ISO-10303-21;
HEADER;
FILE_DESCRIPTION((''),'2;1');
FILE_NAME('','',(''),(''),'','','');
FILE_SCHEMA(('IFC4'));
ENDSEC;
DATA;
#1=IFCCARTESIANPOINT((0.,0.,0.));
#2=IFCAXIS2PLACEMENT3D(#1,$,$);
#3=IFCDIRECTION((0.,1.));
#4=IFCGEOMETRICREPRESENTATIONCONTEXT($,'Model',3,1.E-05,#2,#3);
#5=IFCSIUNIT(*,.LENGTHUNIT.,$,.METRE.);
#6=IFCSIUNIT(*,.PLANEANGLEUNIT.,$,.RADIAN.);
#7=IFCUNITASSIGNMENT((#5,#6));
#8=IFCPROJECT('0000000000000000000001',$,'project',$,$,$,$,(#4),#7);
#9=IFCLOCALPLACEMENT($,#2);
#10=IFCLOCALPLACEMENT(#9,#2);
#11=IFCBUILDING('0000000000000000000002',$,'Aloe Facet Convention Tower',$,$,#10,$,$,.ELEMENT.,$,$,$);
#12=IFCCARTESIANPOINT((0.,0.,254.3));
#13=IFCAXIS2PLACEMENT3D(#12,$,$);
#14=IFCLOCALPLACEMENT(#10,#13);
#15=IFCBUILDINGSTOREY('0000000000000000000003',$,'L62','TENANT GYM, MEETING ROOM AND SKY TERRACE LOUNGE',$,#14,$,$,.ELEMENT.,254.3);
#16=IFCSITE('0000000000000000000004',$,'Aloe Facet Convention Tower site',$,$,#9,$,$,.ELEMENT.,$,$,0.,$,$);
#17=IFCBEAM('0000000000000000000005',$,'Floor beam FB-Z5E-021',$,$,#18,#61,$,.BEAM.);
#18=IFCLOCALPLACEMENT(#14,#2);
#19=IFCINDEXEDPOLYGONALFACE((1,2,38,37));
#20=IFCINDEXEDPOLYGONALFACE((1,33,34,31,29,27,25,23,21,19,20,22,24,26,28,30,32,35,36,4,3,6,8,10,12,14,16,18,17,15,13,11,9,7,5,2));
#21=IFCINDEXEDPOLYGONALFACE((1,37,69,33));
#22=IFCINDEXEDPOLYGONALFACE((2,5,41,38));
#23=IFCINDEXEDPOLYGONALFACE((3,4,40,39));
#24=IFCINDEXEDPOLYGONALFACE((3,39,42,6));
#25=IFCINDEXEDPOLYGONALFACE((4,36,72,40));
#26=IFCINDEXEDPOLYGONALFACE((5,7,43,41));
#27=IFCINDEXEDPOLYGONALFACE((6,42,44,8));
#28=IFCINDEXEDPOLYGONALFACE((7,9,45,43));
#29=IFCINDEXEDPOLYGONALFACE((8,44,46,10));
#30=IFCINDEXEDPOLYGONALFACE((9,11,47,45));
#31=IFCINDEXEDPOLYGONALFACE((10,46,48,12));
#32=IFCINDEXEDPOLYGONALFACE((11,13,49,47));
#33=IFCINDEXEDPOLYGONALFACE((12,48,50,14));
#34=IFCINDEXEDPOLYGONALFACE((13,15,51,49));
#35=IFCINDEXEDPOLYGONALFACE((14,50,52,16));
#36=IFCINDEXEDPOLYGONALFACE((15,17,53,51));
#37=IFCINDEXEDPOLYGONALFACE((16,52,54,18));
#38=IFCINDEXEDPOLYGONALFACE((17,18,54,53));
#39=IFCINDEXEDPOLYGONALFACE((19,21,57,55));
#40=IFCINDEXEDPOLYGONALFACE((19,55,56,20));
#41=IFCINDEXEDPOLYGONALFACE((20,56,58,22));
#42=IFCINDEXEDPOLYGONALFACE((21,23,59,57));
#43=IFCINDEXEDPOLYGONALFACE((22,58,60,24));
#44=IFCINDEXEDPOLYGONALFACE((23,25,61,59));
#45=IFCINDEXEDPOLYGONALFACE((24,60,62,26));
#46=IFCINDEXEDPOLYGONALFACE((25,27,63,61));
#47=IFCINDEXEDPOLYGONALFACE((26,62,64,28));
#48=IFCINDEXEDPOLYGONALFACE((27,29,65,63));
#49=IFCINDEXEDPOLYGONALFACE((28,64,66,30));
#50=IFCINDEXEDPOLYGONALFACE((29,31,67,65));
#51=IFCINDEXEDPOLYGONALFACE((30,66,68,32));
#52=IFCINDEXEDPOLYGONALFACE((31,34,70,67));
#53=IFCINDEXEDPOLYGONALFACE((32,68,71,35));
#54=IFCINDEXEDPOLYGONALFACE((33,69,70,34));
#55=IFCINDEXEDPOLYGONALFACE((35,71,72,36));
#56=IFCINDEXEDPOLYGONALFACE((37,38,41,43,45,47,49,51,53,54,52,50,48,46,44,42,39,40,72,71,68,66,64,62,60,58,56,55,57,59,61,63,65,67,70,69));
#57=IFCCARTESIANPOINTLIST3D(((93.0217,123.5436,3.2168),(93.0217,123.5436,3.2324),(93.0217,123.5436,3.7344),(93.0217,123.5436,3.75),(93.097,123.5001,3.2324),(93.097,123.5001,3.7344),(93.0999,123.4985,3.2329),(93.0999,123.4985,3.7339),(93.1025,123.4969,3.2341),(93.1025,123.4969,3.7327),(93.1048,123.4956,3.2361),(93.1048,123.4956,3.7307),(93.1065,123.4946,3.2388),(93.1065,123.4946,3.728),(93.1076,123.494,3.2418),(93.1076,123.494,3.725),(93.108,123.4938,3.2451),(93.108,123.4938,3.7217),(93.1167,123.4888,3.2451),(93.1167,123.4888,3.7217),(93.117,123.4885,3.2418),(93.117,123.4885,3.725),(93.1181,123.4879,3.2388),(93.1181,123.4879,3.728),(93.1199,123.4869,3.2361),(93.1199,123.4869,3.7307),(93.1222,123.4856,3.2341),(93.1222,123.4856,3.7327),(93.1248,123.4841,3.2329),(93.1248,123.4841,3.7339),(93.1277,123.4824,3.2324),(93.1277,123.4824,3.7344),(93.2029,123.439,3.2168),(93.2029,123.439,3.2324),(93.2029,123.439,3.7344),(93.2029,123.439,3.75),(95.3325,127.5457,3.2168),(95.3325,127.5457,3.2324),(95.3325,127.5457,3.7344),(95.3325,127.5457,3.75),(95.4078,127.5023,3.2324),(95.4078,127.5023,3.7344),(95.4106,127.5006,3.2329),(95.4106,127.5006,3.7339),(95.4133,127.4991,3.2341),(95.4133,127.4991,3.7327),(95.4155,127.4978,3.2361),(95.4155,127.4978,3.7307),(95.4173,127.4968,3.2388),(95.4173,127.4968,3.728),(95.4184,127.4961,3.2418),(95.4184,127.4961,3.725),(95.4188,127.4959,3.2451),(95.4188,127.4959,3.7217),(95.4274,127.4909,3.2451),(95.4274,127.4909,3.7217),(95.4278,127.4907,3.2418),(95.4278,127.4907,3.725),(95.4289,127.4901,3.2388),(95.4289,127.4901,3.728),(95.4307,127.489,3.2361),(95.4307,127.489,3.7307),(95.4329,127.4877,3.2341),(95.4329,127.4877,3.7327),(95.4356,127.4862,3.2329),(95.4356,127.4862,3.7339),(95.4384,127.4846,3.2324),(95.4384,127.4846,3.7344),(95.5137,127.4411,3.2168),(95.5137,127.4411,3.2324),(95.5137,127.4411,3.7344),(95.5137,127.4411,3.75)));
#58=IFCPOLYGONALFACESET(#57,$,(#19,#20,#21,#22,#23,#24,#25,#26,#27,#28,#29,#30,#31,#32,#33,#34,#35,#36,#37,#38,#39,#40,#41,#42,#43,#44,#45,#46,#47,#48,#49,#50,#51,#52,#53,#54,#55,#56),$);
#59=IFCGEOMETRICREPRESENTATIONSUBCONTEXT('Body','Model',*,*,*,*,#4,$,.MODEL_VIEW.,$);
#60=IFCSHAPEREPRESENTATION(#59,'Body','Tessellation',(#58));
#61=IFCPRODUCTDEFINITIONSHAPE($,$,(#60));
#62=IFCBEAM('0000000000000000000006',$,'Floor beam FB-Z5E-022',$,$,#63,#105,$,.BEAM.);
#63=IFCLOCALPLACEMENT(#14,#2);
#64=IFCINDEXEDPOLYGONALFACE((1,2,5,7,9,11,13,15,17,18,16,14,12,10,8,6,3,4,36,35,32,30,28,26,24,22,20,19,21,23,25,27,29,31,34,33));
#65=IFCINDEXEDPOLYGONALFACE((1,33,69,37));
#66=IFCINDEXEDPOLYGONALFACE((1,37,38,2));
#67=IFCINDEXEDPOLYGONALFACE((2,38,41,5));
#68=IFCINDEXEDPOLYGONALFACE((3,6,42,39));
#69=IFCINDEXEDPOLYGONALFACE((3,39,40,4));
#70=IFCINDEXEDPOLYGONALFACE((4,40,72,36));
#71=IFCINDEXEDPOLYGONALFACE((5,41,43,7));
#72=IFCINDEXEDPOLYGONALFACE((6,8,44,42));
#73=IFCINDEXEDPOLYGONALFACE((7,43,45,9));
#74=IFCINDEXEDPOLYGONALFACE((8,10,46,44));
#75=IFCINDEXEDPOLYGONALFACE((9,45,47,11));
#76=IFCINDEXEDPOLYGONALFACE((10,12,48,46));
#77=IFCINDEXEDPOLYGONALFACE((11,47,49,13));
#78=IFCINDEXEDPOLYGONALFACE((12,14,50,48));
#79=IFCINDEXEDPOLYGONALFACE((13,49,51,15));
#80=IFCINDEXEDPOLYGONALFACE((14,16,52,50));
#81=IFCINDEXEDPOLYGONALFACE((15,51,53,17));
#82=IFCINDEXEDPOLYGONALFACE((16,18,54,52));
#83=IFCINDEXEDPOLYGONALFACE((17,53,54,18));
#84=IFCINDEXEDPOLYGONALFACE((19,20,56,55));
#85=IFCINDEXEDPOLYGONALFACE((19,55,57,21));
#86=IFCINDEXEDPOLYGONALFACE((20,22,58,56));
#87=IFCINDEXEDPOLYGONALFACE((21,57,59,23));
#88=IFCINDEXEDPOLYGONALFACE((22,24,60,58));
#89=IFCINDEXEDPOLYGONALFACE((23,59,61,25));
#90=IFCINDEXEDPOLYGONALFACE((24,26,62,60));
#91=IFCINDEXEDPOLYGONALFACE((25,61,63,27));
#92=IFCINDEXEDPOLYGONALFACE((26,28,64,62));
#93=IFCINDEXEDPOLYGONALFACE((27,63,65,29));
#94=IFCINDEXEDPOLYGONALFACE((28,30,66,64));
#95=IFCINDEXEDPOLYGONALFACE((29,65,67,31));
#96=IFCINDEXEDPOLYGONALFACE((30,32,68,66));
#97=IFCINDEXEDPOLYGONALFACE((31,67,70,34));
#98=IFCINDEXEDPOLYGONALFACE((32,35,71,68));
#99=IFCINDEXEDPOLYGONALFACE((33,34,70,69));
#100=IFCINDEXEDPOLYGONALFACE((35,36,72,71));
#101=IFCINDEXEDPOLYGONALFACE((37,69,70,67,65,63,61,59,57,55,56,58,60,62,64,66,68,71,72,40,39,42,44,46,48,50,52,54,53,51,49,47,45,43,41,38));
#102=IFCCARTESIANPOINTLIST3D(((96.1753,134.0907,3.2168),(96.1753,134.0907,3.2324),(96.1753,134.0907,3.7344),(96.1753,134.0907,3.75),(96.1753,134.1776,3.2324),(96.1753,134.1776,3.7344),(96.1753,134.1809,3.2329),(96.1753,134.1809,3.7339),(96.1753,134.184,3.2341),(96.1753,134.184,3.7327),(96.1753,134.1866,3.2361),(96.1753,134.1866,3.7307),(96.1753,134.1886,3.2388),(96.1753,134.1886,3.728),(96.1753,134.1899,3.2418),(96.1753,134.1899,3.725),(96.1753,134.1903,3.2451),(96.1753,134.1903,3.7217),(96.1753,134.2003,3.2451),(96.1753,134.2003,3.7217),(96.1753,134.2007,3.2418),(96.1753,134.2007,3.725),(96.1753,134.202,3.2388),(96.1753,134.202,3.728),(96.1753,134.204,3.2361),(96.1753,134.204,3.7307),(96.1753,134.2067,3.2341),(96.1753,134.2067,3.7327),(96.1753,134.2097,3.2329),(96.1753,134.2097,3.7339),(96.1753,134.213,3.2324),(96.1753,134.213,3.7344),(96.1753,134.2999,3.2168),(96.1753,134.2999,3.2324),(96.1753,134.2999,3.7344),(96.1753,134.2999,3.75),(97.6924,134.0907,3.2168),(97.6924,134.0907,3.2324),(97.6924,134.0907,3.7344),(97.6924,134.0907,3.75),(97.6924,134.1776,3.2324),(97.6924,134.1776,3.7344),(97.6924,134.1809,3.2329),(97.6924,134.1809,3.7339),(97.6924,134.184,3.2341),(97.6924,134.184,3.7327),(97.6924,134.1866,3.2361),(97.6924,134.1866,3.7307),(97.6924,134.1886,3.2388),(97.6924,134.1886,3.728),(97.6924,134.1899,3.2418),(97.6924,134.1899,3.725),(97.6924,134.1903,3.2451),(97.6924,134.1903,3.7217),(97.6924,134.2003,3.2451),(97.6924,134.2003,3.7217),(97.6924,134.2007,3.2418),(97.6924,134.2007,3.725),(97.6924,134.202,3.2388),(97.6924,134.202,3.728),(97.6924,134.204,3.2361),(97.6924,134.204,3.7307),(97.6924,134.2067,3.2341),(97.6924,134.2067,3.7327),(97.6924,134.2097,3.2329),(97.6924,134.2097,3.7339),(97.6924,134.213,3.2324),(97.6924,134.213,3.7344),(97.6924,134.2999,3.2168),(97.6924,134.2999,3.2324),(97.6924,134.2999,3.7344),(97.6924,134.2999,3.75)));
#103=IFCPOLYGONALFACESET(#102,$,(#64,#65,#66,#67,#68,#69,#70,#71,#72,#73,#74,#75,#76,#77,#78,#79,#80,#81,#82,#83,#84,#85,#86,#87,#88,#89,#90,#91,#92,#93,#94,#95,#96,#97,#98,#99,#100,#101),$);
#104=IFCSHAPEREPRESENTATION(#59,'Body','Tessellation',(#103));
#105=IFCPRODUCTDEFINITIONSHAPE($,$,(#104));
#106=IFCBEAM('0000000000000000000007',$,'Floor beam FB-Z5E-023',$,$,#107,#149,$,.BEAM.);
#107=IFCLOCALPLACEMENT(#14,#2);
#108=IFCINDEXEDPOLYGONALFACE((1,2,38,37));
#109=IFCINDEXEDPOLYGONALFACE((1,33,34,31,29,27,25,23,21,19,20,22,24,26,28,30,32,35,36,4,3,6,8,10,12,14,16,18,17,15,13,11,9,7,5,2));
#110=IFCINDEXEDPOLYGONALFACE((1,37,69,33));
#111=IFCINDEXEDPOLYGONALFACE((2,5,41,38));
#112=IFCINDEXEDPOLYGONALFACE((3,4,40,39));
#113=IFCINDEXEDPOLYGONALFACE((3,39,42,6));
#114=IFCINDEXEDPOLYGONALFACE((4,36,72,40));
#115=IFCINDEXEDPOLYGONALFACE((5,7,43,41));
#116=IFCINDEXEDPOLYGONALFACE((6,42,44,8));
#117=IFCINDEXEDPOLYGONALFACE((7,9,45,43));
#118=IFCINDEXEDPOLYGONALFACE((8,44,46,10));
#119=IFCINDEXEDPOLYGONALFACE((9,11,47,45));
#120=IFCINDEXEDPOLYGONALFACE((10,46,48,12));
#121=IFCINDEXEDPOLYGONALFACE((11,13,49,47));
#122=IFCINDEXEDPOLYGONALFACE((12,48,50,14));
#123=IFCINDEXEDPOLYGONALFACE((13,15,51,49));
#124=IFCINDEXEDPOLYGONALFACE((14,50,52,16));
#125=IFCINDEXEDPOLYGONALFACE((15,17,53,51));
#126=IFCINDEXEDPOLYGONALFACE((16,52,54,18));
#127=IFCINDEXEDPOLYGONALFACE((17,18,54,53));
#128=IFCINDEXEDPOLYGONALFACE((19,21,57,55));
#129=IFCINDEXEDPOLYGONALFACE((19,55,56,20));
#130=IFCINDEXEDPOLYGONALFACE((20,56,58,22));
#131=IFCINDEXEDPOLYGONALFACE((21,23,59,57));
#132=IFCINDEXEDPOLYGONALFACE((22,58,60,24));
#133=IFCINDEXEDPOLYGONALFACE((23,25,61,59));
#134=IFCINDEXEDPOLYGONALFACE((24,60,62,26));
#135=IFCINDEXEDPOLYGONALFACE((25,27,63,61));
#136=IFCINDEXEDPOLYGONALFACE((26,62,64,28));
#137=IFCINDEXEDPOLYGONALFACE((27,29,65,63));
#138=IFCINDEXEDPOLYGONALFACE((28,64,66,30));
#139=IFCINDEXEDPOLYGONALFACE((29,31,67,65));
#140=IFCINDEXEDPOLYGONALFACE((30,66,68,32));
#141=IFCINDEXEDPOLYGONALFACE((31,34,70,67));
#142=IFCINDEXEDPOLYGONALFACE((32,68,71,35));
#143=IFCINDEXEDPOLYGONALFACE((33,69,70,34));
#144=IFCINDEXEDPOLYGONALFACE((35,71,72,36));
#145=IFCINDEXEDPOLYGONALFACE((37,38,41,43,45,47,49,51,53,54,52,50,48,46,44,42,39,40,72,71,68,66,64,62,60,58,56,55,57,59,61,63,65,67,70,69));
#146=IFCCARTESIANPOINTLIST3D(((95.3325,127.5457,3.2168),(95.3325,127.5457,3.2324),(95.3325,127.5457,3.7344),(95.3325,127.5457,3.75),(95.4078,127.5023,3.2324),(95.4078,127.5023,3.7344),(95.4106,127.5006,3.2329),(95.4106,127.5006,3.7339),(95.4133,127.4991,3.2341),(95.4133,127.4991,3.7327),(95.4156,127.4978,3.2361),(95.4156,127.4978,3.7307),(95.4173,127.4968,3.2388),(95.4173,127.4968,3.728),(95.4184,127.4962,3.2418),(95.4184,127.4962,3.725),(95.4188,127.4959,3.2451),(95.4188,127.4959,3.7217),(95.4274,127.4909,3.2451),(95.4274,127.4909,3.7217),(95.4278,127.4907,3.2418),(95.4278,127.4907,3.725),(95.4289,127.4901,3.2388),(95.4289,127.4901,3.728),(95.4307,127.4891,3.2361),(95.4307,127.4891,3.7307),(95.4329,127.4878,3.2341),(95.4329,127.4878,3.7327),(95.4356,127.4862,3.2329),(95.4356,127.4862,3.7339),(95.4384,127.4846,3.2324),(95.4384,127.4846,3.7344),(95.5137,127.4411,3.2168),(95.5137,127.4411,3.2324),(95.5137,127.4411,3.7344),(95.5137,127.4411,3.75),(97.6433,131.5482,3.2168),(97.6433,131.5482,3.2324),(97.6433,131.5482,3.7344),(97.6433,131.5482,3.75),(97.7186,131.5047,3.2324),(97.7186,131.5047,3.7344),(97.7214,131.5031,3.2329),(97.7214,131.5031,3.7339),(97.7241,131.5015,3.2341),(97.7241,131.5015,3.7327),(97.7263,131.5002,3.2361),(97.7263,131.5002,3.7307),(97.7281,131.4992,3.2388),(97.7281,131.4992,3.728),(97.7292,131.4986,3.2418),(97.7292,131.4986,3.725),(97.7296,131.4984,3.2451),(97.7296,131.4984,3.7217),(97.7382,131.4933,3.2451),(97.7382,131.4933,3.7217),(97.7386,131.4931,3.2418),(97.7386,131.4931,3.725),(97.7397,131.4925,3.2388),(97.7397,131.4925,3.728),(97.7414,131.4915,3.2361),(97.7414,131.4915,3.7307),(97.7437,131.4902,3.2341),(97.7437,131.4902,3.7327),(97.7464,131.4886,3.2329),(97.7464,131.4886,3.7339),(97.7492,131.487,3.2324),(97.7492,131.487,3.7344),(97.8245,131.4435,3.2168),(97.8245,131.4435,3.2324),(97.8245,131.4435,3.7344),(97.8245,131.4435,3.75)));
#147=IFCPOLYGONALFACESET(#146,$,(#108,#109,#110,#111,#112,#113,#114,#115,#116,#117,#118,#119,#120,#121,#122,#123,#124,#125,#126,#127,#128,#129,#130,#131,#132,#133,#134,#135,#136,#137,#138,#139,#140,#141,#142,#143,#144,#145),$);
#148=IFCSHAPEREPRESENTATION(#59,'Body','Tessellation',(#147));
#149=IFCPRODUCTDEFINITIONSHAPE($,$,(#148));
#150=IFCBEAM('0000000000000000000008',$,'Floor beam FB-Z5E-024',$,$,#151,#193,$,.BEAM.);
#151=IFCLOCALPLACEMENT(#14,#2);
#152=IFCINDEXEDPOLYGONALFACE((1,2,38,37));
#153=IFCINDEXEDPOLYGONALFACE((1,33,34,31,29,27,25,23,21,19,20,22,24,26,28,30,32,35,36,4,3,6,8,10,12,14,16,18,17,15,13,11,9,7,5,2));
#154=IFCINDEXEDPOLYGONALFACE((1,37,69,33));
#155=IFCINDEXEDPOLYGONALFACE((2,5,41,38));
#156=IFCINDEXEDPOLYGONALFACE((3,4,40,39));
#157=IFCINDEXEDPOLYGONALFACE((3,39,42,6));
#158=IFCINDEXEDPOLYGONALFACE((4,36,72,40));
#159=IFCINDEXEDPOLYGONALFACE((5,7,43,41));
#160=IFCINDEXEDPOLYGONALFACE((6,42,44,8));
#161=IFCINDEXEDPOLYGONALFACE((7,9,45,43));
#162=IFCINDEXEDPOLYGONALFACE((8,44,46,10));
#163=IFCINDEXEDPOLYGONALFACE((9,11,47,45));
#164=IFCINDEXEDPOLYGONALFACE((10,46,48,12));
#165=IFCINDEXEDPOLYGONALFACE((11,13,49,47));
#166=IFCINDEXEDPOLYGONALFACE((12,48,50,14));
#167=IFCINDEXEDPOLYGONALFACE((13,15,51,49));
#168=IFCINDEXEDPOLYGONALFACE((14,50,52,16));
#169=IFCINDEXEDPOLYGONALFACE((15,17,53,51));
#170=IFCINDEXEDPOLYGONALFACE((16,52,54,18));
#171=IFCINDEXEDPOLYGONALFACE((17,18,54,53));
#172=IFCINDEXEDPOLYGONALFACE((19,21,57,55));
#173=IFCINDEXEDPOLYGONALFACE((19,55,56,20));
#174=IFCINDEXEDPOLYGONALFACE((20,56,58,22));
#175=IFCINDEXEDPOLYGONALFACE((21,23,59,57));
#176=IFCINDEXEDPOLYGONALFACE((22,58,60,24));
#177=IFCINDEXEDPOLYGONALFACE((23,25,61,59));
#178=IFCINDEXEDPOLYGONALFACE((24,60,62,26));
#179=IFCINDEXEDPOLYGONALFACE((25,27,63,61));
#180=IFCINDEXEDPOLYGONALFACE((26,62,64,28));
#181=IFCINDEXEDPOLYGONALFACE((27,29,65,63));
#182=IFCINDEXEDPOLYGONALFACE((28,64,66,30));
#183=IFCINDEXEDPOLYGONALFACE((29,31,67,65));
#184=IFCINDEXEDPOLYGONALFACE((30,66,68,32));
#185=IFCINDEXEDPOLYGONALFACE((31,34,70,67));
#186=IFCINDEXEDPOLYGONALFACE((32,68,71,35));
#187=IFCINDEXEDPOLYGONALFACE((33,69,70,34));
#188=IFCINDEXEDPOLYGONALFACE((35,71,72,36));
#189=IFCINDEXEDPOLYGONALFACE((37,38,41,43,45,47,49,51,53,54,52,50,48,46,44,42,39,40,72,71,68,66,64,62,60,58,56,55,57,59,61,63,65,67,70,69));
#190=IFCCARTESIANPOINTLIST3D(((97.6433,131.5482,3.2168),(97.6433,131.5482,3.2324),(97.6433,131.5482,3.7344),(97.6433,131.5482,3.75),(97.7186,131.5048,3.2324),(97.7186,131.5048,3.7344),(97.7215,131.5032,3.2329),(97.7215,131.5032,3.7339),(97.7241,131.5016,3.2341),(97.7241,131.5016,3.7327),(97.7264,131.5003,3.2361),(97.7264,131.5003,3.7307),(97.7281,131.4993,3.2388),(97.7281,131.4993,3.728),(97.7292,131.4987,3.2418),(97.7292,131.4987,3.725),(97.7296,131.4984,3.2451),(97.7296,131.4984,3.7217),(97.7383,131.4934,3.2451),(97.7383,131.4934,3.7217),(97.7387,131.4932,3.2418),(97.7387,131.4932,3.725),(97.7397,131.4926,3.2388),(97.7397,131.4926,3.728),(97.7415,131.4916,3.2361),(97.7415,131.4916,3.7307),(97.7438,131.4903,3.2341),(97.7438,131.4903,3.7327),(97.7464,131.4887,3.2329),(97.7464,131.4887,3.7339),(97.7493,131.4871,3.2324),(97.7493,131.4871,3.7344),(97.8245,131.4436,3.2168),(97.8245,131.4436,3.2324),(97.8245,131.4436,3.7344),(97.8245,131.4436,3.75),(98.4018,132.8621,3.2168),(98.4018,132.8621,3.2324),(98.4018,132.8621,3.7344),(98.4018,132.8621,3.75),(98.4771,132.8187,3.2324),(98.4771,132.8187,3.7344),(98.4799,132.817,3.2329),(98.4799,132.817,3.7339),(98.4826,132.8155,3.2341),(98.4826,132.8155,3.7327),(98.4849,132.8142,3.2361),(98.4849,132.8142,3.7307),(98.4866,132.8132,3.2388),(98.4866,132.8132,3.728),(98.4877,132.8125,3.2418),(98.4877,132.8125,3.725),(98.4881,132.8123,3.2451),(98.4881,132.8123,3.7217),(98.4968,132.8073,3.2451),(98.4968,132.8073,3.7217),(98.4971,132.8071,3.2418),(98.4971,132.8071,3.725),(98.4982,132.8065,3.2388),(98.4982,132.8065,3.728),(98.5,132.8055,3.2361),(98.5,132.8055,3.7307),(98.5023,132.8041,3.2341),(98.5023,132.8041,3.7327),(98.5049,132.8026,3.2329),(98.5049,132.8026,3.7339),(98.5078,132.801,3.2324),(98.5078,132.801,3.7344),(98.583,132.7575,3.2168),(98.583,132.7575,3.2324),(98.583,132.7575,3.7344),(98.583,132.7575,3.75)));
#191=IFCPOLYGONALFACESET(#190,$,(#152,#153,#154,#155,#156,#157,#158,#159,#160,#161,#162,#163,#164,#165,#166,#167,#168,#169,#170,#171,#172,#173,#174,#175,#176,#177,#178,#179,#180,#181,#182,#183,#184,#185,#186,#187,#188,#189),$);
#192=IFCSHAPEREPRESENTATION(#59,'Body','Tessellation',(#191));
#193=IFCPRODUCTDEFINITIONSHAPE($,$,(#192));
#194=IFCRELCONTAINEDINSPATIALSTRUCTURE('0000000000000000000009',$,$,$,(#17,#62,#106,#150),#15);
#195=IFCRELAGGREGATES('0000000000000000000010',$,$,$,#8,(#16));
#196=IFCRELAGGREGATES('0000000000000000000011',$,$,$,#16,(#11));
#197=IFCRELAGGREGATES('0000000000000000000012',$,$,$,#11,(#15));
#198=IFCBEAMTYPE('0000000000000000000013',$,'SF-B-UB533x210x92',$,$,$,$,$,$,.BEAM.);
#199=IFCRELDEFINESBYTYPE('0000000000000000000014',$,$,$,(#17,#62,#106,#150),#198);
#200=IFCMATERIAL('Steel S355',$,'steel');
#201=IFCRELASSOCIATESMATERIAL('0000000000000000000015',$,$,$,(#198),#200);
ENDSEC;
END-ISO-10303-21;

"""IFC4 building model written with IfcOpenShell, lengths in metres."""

from ifc_helpers import new_model, si_unit, direction, frame, origin, origin_2d, place, context, subcontext, project, spatial, i_section, extrude, material, material_profile, profile_set, type_object, element, save


model = new_model("IFC4")

# Units and contexts
model_context = context("Model", 3, precision=1e-05, world=origin(), true_north=direction((0.0, 1.0)))
body_context = subcontext(model_context, "Body", "Model", "MODEL_VIEW")
ifc_project = project(units=[si_unit("LENGTHUNIT", "METRE"), si_unit("PLANEANGLEUNIT", "RADIAN")], contexts=[model_context])

# Site, building, storey
site_placement = place(None, origin())
site = spatial("IfcSite", under=ifc_project, at=site_placement, Name="Aloe Facet Convention Tower site", CompositionType="ELEMENT", RefElevation=0.0)
building_placement = place(site_placement, origin())
building = spatial("IfcBuilding", under=site, at=building_placement, Name="Aloe Facet Convention Tower", CompositionType="ELEMENT")
storey_placement = place(building_placement, frame((0.0, 0.0, 254.3)))
storey = spatial("IfcBuildingStorey", under=building, at=storey_placement, Name="L62", Description="TENANT GYM, MEETING ROOM AND SKY TERRACE LOUNGE", CompositionType="ELEMENT", Elevation=254.3)

# Beams
ifc_material_1 = material(Name="Steel S355", Category="steel")
ifc_material_profile_1 = material_profile(ifc_material_1, i_section(OverallWidth=0.2092, OverallDepth=0.5332, WebThickness=0.01, FlangeThickness=0.0156, FilletRadius=0.0127, at=origin_2d()), Name="UB 533x210x92")
ifc_profile_set_1 = profile_set([ifc_material_profile_1], Name="Steel S355")
beam_type_1 = type_object("IfcBeamType", Name="SF-B-UB533x210x92", PredefinedType="BEAM", material=ifc_profile_set_1)
beam_1_placement = place(storey_placement, frame((95.4231, 127.4934, 3.4834), z_axis=(-0.50002, -0.866014, 0.0), x_axis=(0.866014, -0.50002, 0.0)))
element("IfcBeam", 1, at=beam_1_placement, inside=storey, type_object=beam_type_1, Name="Floor beam FB-Z5E-021", PredefinedType="BEAM", context=body_context, shape_type="SweptSolid", body=[
    extrude(i_section(OverallWidth=0.2092, OverallDepth=0.5332, WebThickness=0.01, FlangeThickness=0.0156, FilletRadius=0.0127, at=origin_2d()), origin(), (0.0, 0.0, 1.0), 4.6213),
])
beam_2_placement = place(storey_placement, frame((96.1753, 134.1953, 3.4834), z_axis=(1.0, 0.0, 0.0), x_axis=(0.0, 1.0, 0.0)))
element("IfcBeam", 2, at=beam_2_placement, inside=storey, type_object=beam_type_1, Name="Floor beam FB-Z5E-022", PredefinedType="BEAM", context=body_context, shape_type="SweptSolid", body=[
    extrude(i_section(OverallWidth=0.2092, OverallDepth=0.5332, WebThickness=0.01, FlangeThickness=0.0156, FilletRadius=0.0127, at=origin_2d()), origin(), (0.0, 0.0, 1.0), 1.5171),
])
beam_3_placement = place(storey_placement, frame((97.7339, 131.4958, 3.4834), z_axis=(-0.499997, -0.866027, 0.0), x_axis=(0.866027, -0.499997, 0.0)))
element("IfcBeam", 3, at=beam_3_placement, inside=storey, type_object=beam_type_1, Name="Floor beam FB-Z5E-023", PredefinedType="BEAM", context=body_context, shape_type="SweptSolid", body=[
    extrude(i_section(OverallWidth=0.2092, OverallDepth=0.5332, WebThickness=0.01, FlangeThickness=0.0156, FilletRadius=0.0127, at=origin_2d()), origin(), (0.0, 0.0, 1.0), 4.6216),
])
beam_4_placement = place(storey_placement, frame((98.4924, 132.8098, 3.4834), z_axis=(-0.499964, -0.866046, 0.0), x_axis=(0.866046, -0.499964, 0.0)))
element("IfcBeam", 4, at=beam_4_placement, inside=storey, type_object=beam_type_1, Name="Floor beam FB-Z5E-024", PredefinedType="BEAM", context=body_context, shape_type="SweptSolid", body=[
    extrude(i_section(OverallWidth=0.2092, OverallDepth=0.5332, WebThickness=0.01, FlangeThickness=0.0156, FilletRadius=0.0127, at=origin_2d()), origin(), (0.0, 0.0, 1.0), 1.5171),
])

save(model, "model.ifc")
